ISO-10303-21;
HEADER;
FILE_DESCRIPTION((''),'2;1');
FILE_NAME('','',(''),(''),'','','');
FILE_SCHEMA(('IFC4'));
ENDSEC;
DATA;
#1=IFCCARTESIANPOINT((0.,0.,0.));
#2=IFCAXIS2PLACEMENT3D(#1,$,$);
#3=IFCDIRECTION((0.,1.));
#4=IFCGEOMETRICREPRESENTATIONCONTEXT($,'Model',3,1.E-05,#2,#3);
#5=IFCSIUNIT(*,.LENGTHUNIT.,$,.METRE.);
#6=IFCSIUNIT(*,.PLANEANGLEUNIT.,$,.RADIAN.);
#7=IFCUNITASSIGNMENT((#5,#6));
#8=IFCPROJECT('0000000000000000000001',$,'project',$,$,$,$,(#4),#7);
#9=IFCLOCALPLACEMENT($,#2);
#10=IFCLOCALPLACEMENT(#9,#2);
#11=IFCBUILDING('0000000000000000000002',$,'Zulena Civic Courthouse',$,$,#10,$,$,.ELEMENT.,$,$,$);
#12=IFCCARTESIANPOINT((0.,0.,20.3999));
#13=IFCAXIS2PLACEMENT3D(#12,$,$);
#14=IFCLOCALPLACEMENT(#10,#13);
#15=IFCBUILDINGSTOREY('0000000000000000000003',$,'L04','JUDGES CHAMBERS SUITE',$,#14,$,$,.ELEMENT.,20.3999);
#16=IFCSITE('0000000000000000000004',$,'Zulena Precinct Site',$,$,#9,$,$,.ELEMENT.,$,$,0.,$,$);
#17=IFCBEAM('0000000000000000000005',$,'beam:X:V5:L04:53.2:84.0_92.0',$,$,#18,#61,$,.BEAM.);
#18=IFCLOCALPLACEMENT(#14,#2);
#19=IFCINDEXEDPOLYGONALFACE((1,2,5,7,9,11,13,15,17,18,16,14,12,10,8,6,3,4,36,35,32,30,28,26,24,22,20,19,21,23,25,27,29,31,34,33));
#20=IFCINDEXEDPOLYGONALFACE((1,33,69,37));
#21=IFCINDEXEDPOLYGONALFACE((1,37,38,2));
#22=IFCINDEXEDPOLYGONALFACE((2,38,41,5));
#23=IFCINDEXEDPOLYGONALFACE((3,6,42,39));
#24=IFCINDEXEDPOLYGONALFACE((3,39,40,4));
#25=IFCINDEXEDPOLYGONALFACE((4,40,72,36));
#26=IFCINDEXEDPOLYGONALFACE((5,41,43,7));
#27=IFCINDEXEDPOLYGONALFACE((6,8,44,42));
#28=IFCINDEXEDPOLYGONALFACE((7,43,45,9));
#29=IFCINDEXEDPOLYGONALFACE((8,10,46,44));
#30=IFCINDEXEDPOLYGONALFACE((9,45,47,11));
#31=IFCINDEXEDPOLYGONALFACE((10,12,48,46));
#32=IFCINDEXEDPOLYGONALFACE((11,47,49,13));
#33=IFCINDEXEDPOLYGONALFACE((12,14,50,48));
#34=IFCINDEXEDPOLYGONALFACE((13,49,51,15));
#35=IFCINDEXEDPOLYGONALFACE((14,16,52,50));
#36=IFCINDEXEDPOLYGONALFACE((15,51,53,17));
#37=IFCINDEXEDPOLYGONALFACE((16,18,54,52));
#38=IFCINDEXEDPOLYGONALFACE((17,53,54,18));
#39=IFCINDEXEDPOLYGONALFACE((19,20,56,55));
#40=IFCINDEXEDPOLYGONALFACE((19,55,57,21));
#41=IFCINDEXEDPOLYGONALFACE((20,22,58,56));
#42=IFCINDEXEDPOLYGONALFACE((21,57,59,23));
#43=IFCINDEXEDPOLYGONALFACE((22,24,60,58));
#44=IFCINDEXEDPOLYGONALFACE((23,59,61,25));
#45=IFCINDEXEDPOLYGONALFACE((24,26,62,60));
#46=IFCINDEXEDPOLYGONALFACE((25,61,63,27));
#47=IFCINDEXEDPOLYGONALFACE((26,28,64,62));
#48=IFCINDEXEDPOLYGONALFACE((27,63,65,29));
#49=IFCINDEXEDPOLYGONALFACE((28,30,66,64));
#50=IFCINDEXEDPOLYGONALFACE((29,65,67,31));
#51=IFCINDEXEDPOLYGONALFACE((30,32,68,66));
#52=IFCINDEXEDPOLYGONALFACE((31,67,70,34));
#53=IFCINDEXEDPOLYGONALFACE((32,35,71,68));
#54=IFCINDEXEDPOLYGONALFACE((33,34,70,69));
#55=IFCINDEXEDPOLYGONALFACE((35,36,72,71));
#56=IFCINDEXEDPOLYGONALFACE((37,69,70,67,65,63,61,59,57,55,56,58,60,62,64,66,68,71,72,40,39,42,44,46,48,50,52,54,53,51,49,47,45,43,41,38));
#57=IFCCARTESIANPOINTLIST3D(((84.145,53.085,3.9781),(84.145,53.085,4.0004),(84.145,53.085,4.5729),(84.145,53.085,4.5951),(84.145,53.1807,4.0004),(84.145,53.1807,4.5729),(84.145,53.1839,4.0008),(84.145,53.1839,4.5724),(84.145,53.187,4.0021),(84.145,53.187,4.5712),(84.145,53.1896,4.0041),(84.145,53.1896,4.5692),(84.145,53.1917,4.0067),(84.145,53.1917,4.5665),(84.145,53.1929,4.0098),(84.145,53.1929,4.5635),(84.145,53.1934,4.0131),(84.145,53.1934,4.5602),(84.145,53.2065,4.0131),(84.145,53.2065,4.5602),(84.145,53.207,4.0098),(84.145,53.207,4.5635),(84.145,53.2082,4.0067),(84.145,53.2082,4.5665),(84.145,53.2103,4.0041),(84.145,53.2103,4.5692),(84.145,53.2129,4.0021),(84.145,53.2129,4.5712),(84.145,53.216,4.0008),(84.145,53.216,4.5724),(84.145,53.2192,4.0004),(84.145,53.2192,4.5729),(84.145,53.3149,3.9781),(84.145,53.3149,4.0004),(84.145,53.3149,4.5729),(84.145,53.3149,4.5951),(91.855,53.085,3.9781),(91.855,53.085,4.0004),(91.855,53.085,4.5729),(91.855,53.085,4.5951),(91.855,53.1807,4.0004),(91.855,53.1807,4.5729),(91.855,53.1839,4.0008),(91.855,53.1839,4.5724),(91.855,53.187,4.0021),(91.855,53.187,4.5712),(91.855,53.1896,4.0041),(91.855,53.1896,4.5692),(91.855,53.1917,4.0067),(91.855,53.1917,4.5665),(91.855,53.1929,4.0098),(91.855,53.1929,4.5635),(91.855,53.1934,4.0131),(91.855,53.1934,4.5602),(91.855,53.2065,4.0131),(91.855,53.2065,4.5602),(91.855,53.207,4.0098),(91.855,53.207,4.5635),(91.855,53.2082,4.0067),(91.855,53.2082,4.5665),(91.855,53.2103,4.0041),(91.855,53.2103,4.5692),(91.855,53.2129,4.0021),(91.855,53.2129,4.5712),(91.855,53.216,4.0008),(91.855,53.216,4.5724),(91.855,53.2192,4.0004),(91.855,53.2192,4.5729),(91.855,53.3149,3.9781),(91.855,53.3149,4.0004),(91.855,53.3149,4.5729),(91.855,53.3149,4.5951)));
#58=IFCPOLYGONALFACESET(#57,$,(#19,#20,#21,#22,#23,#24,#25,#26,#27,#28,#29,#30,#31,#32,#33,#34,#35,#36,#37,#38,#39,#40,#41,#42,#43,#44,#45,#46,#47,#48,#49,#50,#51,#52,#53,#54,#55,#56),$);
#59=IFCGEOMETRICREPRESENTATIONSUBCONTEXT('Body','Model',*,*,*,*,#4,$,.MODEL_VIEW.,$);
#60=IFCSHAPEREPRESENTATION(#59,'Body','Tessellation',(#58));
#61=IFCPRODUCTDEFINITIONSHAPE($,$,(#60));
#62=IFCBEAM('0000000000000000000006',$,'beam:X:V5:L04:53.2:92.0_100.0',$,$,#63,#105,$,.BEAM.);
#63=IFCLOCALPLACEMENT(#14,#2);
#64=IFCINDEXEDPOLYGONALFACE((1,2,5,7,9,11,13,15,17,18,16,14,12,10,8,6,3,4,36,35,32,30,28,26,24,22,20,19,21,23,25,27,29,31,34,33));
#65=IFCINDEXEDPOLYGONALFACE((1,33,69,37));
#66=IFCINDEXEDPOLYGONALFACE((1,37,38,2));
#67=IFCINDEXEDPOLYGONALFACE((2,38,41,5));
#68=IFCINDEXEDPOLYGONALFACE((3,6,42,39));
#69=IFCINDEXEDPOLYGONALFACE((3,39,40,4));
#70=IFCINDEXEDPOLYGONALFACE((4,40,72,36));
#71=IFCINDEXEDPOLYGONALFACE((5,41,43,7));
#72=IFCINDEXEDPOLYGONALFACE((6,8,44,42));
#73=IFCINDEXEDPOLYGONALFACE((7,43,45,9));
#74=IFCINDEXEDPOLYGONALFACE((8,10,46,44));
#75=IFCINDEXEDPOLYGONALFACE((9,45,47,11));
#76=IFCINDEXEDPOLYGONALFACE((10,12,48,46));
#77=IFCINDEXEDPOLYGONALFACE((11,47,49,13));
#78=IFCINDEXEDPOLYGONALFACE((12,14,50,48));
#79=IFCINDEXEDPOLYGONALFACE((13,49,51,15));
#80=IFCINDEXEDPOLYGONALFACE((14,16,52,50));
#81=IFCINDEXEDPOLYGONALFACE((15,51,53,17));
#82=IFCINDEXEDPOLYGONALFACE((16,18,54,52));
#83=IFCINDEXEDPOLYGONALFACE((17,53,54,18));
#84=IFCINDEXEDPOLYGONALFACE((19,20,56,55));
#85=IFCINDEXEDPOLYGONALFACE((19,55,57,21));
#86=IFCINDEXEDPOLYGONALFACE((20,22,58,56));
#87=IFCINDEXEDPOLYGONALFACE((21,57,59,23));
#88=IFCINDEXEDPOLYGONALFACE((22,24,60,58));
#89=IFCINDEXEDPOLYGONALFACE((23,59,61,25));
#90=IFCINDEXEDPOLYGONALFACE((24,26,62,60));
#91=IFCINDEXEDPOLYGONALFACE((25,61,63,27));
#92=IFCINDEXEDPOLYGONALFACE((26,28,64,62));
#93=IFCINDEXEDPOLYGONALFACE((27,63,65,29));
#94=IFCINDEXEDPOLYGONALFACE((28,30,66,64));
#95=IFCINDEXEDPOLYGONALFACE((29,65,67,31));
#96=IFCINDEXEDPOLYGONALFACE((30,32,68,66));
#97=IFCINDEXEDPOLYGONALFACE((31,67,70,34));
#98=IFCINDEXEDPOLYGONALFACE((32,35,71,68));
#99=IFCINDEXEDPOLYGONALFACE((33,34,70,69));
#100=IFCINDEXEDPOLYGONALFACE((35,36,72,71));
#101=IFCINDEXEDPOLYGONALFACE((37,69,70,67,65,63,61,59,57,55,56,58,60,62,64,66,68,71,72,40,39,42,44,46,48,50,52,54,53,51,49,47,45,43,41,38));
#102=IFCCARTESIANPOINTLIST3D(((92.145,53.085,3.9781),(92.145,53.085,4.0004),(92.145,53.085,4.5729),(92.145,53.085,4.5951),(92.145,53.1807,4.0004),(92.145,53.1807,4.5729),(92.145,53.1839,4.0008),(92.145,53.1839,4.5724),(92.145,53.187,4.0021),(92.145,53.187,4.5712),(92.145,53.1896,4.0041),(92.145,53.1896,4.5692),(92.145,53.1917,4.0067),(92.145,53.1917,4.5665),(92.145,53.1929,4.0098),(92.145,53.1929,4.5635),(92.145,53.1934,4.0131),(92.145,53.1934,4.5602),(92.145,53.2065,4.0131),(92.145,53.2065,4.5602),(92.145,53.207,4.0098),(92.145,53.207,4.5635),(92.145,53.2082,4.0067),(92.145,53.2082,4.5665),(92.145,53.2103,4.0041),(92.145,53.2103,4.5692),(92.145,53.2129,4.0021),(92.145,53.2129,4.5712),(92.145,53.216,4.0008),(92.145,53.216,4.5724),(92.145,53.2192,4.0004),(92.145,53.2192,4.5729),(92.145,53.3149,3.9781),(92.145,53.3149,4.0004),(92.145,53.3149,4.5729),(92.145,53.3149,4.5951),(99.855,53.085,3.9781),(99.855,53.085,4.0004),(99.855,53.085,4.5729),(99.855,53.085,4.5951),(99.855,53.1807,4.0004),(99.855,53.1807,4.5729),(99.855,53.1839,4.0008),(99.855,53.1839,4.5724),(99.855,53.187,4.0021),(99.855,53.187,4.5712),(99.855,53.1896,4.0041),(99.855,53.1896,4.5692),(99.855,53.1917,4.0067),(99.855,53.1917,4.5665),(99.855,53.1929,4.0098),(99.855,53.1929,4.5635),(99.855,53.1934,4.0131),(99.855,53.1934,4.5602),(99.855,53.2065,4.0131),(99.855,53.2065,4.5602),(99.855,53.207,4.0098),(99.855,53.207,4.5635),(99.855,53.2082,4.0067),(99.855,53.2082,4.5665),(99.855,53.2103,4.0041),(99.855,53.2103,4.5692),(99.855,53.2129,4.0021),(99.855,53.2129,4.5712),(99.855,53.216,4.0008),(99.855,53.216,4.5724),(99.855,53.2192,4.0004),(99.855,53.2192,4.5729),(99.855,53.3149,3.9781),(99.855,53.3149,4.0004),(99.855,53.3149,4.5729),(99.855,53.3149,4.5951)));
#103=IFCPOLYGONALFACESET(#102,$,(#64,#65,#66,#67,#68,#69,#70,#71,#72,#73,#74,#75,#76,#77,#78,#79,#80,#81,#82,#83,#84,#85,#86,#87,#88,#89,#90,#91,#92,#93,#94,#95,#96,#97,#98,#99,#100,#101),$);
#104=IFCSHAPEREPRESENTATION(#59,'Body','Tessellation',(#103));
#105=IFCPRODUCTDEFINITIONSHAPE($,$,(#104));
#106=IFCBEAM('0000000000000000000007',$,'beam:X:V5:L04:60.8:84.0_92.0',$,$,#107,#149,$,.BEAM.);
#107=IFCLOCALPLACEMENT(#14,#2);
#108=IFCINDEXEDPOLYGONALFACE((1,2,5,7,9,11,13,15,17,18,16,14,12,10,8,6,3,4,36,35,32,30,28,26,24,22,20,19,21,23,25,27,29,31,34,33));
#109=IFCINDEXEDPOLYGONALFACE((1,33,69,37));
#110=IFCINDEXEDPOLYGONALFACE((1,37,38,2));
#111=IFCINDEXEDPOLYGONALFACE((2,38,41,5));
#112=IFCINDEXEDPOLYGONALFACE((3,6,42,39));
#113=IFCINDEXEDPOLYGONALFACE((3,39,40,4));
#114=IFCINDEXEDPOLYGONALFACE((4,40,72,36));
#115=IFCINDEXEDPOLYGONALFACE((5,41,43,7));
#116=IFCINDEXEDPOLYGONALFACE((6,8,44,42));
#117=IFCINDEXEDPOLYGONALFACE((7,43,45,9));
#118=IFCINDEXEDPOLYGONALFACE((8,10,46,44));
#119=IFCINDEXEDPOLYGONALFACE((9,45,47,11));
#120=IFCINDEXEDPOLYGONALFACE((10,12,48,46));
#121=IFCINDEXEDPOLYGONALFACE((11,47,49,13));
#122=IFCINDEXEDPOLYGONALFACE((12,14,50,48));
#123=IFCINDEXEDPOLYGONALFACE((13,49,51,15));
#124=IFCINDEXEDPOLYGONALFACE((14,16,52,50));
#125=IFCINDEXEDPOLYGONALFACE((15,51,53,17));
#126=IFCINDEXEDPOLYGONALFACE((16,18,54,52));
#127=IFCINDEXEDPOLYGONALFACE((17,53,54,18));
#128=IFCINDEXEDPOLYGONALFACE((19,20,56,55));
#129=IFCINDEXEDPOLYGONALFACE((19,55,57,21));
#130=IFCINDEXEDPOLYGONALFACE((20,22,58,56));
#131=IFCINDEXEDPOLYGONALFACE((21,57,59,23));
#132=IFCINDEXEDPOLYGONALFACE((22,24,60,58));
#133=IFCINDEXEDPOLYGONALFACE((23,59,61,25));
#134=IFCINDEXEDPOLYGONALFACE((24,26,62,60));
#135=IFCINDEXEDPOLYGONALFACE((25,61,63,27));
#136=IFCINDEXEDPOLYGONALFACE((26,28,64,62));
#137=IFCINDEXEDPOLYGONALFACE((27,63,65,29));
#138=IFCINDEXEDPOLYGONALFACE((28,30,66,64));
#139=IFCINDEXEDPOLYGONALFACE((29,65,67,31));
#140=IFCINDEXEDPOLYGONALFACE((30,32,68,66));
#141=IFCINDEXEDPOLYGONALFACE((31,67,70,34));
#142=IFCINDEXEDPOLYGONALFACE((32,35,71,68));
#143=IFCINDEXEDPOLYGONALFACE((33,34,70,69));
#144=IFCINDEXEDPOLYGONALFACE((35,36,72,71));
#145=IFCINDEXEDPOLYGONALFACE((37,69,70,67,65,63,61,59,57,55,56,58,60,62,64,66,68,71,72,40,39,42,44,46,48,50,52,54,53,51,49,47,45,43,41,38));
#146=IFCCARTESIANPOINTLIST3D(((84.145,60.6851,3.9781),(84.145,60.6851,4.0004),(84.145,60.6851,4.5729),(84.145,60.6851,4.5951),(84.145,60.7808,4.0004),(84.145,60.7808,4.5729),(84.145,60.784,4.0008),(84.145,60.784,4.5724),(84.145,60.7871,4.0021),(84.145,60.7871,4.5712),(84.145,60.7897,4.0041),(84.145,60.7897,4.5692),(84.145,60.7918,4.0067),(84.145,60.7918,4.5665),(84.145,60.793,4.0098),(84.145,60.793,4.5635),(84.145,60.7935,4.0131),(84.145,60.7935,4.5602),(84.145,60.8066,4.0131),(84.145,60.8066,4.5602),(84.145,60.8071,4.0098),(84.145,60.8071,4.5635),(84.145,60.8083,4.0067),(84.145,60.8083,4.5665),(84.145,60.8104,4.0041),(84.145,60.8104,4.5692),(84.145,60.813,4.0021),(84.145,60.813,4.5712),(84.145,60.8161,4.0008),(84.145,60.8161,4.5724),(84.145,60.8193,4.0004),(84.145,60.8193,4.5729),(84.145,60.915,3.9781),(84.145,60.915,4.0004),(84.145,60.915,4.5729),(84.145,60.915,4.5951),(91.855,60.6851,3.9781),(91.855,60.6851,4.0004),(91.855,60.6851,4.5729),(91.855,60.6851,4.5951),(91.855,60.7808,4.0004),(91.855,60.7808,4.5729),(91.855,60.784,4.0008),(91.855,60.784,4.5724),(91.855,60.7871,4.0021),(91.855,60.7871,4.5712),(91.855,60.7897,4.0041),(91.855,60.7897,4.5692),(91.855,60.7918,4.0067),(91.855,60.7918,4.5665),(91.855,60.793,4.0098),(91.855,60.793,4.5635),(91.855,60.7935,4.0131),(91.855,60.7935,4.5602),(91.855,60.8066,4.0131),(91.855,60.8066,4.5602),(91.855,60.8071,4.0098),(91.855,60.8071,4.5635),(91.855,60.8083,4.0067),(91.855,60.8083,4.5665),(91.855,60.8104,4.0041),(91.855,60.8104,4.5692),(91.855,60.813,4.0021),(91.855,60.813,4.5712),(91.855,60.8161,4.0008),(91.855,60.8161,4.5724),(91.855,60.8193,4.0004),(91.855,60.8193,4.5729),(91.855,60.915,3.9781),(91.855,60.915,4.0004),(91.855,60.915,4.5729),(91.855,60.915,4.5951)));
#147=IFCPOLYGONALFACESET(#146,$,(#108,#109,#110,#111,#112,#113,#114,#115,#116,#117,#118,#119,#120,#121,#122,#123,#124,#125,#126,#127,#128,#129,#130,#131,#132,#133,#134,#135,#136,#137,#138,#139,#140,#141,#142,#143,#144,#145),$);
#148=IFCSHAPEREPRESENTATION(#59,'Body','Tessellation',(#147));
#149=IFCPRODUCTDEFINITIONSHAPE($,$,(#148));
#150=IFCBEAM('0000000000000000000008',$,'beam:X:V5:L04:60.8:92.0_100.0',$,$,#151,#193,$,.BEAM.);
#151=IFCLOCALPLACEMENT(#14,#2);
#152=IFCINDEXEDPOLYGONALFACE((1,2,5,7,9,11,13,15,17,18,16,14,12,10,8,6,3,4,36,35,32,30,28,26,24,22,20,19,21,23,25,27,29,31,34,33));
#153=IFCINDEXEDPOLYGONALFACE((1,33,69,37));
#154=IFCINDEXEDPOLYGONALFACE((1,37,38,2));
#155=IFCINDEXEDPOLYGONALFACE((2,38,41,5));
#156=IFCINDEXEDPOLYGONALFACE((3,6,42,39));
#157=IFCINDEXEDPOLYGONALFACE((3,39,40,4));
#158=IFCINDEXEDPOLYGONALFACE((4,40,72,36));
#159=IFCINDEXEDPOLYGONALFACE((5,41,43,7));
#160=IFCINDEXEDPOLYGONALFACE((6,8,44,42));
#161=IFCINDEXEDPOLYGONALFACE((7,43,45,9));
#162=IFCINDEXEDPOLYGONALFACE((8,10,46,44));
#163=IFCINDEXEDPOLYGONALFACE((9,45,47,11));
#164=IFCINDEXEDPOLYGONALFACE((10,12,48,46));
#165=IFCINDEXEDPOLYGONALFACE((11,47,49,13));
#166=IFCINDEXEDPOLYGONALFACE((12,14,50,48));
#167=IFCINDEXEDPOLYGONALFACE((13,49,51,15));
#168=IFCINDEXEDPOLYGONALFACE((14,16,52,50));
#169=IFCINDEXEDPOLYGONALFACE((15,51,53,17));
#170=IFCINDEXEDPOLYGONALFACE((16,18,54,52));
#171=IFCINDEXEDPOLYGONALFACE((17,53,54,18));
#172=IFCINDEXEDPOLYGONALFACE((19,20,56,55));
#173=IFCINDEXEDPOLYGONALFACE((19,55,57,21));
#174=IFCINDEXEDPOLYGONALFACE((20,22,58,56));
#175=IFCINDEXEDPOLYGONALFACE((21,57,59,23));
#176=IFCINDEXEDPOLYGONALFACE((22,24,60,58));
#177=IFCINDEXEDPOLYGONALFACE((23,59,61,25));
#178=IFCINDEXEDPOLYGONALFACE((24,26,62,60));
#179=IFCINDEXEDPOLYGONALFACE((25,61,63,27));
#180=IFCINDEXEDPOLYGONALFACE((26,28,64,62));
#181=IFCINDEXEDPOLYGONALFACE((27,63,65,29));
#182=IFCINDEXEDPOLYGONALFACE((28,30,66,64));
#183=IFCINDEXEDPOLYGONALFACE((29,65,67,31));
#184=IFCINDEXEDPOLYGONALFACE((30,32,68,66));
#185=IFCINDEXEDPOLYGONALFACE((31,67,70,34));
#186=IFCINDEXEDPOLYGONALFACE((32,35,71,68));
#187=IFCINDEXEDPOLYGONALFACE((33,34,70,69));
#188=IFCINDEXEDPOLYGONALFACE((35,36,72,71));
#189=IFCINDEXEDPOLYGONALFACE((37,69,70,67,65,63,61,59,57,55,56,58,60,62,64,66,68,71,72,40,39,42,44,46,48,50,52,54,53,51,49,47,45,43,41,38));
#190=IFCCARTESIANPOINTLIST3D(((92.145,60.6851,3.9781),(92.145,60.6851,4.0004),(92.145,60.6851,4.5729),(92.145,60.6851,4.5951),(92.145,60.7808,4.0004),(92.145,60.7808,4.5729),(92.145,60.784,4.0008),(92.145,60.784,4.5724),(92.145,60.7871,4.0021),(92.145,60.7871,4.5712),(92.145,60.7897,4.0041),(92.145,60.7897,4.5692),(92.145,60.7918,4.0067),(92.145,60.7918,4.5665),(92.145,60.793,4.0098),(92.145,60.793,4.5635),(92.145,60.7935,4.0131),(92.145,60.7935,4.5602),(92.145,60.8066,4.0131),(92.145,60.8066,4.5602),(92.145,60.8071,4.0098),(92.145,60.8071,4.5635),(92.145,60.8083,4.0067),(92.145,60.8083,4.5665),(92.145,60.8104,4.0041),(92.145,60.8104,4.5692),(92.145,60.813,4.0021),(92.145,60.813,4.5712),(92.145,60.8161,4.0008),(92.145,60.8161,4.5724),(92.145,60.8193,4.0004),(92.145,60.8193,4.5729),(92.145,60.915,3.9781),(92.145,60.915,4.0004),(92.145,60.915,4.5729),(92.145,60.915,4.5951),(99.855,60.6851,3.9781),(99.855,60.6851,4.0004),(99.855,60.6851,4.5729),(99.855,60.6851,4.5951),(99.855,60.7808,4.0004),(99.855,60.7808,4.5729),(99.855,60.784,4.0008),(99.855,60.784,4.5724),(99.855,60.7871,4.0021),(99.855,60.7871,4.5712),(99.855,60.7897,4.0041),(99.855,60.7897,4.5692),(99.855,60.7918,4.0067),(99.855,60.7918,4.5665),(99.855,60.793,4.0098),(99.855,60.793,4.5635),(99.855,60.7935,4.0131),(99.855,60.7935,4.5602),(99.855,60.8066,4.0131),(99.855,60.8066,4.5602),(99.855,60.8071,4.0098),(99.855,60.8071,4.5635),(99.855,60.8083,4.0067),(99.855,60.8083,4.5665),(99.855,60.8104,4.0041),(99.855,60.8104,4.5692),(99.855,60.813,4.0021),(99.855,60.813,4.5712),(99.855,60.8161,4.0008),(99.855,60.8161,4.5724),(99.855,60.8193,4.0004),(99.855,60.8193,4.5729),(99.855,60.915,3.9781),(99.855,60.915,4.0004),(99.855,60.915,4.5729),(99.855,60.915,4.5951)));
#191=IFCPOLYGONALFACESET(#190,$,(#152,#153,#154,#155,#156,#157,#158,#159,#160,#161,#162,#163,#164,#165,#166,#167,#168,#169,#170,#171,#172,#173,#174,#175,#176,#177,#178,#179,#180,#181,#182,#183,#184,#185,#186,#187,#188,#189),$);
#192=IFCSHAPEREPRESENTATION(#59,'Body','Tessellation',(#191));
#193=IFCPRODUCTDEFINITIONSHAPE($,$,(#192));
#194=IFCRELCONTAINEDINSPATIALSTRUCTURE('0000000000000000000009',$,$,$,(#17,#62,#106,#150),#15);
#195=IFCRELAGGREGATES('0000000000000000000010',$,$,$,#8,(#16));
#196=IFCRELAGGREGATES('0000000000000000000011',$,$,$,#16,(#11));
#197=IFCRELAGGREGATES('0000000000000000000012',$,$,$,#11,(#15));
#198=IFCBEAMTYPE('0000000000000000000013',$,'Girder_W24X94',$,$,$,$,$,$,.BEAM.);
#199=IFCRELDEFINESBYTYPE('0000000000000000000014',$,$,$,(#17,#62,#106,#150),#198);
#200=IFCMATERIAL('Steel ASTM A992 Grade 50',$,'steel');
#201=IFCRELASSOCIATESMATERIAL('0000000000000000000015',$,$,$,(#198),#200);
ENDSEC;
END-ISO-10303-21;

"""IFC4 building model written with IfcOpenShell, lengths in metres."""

from ifc_helpers import new_model, si_unit, direction, frame, origin, origin_2d, place, context, subcontext, project, spatial, i_section, extrude, material, material_profile, profile_set, type_object, element, save


model = new_model("IFC4")

# Units and contexts
model_context = context("Model", 3, precision=1e-05, world=origin(), true_north=direction((0.0, 1.0)))
body_context = subcontext(model_context, "Body", "Model", "MODEL_VIEW")
ifc_project = project(units=[si_unit("LENGTHUNIT", "METRE"), si_unit("PLANEANGLEUNIT", "RADIAN")], contexts=[model_context])

# Site, building, storey
site_placement = place(None, origin())
site = spatial("IfcSite", under=ifc_project, at=site_placement, Name="Zulena Precinct Site", CompositionType="ELEMENT", RefElevation=0.0)
building_placement = place(site_placement, origin())
building = spatial("IfcBuilding", under=site, at=building_placement, Name="Zulena Civic Courthouse", CompositionType="ELEMENT")
storey_placement = place(building_placement, frame((0.0, 0.0, 20.3999)))
storey = spatial("IfcBuildingStorey", under=building, at=storey_placement, Name="L04", Description="JUDGES CHAMBERS SUITE", CompositionType="ELEMENT", Elevation=20.3999)

# Shared definitions
ifc_material_1 = material(Name="Steel ASTM A992 Grade 50", Category="steel")

# Beams
ifc_material_profile_1 = material_profile(ifc_material_1, i_section(OverallWidth=0.23, OverallDepth=0.6169, WebThickness=0.0132, FlangeThickness=0.0222, FilletRadius=0.0127, at=origin_2d()), Name="W24X94")
ifc_profile_set_1 = profile_set([ifc_material_profile_1], Name="Steel ASTM A992 Grade 50")
beam_type_1 = type_object("IfcBeamType", Name="Girder_W24X94", PredefinedType="BEAM", material=ifc_profile_set_1)
for number, where, z_axis, x_axis, name in (
    (1, (84.145, 53.2, 4.2866), (1.0, 0.0, 0.0), (0.0, 1.0, 0.0), "beam:X:V5:L04:53.2:84.0_92.0"),
    (2, (92.145, 53.2, 4.2866), (1.0, 0.0, 0.0), (0.0, 1.0, 0.0), "beam:X:V5:L04:53.2:92.0_100.0"),
    (3, (84.145, 60.8, 4.2866), (1.0, 0.0, 0.0), (0.0, 1.0, 0.0), "beam:X:V5:L04:60.8:84.0_92.0"),
    (4, (92.145, 60.8, 4.2866), (1.0, 0.0, 0.0), (0.0, 1.0, 0.0), "beam:X:V5:L04:60.8:92.0_100.0"),
):
    element("IfcBeam", number, at=place(storey_placement, frame(where, z_axis=z_axis, x_axis=x_axis)), inside=storey, type_object=beam_type_1, Name=name, PredefinedType="BEAM", context=body_context, shape_type="SweptSolid", body=[
        extrude(i_section(OverallWidth=0.23, OverallDepth=0.6169, WebThickness=0.0132, FlangeThickness=0.0222, FilletRadius=0.0127, at=origin_2d()), origin(), (0.0, 0.0, 1.0), 7.71),
    ])

save(model, "model.ifc")
